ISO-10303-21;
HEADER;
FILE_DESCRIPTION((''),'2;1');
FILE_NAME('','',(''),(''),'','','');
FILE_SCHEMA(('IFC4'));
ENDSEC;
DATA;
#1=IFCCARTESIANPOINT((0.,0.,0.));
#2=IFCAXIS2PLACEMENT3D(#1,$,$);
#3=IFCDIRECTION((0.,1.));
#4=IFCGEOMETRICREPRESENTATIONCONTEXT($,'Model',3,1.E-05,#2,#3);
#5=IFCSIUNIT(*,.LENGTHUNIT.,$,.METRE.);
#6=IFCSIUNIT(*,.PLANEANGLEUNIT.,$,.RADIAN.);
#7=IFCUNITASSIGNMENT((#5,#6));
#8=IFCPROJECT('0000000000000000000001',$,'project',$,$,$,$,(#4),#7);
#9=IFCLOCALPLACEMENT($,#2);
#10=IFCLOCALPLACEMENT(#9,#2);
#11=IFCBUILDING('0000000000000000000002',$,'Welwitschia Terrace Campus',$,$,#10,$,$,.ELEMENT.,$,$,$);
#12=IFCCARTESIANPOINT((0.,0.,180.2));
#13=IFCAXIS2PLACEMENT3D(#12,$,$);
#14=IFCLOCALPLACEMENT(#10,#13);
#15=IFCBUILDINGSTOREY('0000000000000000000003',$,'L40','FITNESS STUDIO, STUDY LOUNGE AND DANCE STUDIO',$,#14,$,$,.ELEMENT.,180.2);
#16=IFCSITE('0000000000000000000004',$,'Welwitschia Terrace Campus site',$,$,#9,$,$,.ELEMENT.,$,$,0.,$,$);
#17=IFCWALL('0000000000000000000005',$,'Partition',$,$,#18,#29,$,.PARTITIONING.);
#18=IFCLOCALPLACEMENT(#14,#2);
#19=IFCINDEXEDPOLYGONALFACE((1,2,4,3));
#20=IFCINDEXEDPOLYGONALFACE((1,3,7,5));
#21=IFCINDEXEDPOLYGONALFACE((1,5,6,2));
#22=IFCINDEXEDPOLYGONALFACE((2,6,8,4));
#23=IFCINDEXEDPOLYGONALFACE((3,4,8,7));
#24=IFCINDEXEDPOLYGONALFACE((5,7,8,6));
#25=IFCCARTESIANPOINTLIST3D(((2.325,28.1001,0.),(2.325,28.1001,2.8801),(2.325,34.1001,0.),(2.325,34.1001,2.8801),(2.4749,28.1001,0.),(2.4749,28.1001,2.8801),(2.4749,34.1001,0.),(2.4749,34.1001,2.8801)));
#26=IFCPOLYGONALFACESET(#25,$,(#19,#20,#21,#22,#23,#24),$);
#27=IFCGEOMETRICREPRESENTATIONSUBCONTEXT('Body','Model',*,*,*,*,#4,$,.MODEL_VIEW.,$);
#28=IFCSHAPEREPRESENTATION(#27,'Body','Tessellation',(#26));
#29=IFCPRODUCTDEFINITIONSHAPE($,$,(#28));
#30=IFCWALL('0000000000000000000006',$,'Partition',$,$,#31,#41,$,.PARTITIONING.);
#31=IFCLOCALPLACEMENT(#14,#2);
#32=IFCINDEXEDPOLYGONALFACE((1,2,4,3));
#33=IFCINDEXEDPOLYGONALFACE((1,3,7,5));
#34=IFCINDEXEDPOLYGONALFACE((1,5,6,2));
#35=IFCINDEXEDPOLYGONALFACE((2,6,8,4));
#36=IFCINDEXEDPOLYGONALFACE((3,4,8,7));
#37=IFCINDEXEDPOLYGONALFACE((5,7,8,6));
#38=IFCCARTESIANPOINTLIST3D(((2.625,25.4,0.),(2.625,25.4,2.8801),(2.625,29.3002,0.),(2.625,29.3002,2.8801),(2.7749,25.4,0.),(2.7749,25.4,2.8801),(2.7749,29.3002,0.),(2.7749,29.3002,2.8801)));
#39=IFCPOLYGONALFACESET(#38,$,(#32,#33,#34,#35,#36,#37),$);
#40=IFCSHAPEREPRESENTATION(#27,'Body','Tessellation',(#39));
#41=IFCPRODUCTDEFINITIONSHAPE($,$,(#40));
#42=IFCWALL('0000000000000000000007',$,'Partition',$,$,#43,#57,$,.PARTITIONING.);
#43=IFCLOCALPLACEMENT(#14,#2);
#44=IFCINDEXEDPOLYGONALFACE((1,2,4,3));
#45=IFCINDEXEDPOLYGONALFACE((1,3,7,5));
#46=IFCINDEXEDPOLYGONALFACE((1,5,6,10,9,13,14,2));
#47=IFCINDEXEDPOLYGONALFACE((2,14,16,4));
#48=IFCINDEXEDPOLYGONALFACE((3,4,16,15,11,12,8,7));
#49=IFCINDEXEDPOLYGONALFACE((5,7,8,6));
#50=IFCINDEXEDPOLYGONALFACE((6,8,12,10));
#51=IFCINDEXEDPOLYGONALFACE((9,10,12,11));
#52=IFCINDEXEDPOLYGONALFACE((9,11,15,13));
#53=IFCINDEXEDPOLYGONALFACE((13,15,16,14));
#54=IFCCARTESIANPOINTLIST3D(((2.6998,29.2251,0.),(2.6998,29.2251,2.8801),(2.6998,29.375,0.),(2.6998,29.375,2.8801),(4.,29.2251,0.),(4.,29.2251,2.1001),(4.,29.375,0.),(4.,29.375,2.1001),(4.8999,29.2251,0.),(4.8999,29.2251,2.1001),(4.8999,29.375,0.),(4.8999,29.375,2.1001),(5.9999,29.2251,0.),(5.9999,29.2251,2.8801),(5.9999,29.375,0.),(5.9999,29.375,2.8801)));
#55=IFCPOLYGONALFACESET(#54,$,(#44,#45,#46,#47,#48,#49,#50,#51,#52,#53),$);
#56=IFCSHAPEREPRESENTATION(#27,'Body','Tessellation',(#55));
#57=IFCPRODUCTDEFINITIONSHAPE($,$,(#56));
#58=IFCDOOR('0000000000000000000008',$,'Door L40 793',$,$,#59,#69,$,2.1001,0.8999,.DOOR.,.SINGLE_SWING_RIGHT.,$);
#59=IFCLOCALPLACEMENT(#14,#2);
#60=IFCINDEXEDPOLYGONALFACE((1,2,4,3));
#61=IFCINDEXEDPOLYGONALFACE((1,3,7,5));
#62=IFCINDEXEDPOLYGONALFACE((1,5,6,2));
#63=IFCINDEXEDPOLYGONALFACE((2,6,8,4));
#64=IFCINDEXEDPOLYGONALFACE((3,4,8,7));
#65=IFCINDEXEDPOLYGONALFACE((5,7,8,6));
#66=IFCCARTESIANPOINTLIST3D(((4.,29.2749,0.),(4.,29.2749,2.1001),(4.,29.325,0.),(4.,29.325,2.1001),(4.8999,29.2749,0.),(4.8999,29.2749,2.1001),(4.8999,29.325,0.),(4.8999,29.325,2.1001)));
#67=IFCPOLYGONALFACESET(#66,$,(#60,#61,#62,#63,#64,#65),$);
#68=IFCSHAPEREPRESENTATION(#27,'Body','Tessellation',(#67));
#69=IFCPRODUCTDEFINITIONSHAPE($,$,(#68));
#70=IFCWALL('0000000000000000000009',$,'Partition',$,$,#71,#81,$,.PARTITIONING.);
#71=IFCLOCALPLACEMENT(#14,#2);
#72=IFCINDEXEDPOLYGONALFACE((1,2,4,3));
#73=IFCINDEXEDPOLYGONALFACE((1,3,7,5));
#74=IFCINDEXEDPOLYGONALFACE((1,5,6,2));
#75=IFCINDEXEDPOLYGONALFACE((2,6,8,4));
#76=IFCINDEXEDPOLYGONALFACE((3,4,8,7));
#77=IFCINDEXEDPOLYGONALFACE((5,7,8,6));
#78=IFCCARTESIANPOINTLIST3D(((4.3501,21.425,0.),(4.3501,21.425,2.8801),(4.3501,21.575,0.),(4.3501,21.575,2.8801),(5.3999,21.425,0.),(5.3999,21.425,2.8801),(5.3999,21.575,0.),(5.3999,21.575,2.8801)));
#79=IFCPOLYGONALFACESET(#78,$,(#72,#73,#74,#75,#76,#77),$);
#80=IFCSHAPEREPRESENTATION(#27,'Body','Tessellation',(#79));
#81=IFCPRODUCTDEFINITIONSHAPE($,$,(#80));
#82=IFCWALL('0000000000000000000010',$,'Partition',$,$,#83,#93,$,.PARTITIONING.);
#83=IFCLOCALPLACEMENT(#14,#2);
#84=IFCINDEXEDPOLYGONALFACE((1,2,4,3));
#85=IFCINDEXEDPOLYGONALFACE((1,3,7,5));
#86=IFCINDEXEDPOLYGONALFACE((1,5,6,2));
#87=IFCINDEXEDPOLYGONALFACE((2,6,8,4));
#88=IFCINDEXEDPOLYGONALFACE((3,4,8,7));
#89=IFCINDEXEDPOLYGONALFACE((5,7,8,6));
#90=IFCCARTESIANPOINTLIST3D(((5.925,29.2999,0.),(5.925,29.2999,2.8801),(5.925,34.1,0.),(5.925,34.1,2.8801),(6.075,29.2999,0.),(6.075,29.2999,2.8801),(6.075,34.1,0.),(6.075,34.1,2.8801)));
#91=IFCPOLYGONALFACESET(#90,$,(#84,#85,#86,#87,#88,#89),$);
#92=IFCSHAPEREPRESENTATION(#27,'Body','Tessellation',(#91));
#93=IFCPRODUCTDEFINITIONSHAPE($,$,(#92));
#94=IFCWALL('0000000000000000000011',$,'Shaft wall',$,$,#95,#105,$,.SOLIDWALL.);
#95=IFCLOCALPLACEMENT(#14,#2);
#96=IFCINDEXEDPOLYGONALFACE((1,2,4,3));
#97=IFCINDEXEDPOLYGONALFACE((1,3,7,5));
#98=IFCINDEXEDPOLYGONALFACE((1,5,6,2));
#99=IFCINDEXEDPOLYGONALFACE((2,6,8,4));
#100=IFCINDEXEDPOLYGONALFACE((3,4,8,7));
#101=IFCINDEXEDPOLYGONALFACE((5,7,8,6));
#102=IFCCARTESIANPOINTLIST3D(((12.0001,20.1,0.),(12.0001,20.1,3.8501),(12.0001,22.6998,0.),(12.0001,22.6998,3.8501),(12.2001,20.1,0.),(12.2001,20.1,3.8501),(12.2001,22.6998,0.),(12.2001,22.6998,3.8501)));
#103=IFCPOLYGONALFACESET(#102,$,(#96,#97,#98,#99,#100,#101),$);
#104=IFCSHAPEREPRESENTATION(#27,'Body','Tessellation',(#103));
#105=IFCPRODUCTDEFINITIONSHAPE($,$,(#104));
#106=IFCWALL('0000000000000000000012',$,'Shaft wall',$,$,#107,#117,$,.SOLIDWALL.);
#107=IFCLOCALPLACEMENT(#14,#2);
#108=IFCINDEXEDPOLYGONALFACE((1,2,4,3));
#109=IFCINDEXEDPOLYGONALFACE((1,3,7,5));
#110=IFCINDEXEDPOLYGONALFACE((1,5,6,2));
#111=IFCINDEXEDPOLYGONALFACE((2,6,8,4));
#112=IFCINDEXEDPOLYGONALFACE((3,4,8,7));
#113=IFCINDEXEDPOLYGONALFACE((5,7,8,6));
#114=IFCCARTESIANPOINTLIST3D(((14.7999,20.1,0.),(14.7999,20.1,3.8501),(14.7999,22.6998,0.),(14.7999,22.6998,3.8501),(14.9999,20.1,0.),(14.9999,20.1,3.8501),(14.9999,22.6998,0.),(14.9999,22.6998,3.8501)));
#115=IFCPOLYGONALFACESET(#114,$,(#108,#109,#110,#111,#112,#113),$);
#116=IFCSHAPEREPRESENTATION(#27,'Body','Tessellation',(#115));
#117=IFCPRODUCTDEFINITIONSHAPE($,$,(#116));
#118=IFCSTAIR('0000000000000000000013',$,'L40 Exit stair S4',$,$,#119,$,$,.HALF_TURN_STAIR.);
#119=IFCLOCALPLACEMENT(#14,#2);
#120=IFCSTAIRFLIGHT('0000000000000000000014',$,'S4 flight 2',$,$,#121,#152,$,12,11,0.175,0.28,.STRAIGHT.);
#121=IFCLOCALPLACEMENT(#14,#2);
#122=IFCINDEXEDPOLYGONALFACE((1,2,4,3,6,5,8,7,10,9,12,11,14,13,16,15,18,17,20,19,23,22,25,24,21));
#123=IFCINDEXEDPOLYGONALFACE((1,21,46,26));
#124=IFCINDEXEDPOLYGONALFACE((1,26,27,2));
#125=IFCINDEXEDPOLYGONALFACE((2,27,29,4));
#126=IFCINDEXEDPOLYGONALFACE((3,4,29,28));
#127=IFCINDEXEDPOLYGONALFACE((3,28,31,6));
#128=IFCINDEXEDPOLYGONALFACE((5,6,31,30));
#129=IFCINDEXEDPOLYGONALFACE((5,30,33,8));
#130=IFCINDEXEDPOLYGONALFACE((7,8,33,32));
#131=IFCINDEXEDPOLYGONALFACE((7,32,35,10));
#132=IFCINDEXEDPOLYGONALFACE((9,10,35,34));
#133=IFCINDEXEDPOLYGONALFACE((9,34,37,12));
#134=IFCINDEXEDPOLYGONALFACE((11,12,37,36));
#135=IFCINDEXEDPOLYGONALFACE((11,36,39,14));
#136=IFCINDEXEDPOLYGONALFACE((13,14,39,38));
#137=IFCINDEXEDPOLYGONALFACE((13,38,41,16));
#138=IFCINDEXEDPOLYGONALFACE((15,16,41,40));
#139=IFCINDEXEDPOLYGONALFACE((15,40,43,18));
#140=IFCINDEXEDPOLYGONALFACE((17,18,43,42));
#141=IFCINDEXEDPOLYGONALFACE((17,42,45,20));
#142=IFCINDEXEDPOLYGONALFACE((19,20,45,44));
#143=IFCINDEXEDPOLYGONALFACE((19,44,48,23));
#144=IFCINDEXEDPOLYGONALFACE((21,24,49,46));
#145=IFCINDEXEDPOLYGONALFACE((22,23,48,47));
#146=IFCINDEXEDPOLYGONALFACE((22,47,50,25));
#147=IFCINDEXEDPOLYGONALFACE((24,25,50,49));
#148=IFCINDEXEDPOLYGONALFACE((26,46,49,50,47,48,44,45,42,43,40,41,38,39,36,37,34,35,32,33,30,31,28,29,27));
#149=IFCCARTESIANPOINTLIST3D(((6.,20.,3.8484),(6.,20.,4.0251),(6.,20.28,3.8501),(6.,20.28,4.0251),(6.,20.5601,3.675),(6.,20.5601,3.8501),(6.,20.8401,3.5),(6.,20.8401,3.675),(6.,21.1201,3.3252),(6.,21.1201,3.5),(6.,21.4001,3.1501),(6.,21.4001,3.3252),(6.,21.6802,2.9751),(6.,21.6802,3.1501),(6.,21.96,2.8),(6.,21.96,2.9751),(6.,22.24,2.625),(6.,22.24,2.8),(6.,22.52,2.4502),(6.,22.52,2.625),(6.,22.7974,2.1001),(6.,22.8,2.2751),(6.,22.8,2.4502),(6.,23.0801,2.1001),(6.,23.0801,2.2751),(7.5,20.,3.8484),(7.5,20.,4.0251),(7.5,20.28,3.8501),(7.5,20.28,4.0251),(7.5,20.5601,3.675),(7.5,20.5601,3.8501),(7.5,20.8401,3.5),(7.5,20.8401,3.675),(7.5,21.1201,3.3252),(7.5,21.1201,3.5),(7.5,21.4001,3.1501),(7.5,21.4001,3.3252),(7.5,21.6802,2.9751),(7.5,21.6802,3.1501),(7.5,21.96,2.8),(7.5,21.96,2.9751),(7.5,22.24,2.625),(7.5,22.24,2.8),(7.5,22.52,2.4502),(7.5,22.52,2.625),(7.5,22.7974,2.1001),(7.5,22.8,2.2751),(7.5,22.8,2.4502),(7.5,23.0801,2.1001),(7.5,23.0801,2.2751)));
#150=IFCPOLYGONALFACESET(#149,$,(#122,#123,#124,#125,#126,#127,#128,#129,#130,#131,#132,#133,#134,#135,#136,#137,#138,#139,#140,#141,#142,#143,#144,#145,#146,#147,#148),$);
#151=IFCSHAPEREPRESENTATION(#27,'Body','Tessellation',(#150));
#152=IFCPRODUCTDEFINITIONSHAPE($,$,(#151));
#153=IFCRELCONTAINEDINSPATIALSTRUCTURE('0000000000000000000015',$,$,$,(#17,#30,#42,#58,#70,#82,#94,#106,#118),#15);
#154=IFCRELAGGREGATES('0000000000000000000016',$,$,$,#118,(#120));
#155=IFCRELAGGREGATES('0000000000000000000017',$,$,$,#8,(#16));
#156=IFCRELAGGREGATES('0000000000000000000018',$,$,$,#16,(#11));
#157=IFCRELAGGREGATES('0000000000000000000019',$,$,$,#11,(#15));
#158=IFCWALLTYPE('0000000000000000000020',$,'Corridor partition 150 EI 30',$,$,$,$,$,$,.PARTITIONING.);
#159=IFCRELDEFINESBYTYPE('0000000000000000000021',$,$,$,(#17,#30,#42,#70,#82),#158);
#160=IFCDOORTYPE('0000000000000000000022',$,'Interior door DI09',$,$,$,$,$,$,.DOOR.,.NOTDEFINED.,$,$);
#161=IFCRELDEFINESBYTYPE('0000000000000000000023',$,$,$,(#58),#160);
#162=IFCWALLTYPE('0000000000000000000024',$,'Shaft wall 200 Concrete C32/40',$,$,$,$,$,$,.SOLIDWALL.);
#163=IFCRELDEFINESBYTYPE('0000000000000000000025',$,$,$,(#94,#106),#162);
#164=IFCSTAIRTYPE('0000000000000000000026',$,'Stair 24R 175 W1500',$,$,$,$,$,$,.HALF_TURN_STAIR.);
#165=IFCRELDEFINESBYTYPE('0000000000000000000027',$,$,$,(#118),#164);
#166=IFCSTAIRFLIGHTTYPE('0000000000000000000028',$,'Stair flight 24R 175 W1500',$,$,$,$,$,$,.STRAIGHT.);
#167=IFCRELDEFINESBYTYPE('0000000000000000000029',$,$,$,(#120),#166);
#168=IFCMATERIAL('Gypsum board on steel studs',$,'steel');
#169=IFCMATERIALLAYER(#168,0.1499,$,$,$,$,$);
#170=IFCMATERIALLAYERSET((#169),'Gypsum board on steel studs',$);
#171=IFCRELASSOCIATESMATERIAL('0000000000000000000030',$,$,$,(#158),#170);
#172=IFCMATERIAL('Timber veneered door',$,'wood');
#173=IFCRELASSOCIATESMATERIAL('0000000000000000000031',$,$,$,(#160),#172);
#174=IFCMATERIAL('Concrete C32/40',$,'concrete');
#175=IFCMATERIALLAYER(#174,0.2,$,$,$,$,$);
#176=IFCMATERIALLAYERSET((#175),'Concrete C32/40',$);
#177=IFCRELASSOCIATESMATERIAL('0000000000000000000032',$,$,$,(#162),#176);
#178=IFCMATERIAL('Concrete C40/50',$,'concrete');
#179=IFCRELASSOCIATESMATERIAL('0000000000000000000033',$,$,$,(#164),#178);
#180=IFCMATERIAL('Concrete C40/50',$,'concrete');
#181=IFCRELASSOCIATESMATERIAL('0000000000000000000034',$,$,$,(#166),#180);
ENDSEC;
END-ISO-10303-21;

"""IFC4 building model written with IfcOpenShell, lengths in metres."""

from ifc_helpers import new_model, si_unit, direction, frame, frame_2d, origin, place, context, subcontext, project, spatial, polyline, rectangle, outline, extrude, material, layer, layer_set, type_object, element, fill, aggregate, save


model = new_model("IFC4")

# Units and contexts
model_context = context("Model", 3, precision=1e-05, world=origin(), true_north=direction((0.0, 1.0)))
body_context = subcontext(model_context, "Body", "Model", "MODEL_VIEW")
ifc_project = project(units=[si_unit("LENGTHUNIT", "METRE"), si_unit("PLANEANGLEUNIT", "RADIAN")], contexts=[model_context])

# Site, building, storey
site_placement = place(None, origin())
site = spatial("IfcSite", under=ifc_project, at=site_placement, Name="Welwitschia Terrace Campus site", CompositionType="ELEMENT", RefElevation=0.0)
building_placement = place(site_placement, origin())
building = spatial("IfcBuilding", under=site, at=building_placement, Name="Welwitschia Terrace Campus", CompositionType="ELEMENT")
storey_placement = place(building_placement, frame((0.0, 0.0, 180.2)))
storey = spatial("IfcBuildingStorey", under=building, at=storey_placement, Name="L40", Description="FITNESS STUDIO, STUDY LOUNGE AND DANCE STUDIO", CompositionType="ELEMENT", Elevation=180.2)

# Walls
ifc_material_1 = material(Name="Gypsum board on steel studs", Category="steel")
ifc_layer_1 = layer(ifc_material_1, 0.1499)
ifc_layer_set_1 = layer_set([ifc_layer_1], Name="Gypsum board on steel studs")
wall_type_1 = type_object("IfcWallType", Name="Corridor partition 150 EI 30", PredefinedType="PARTITIONING", material=ifc_layer_set_1)
wall_1_placement = place(storey_placement, frame((2.3999, 28.1001, 0.0), z_axis=(0.0, 0.0, 1.0), x_axis=(0.0, 1.0, 0.0)))
element("IfcWall", 1, at=wall_1_placement, inside=storey, type_object=wall_type_1, Name="Partition", PredefinedType="PARTITIONING", context=body_context, shape_type="SweptSolid", body=[
    extrude(rectangle(XDim=6.0, YDim=0.1499, at=frame_2d((3.0, 0.0))), origin(), (0.0, 0.0, 1.0), 2.8801),
])
wall_2_placement = place(storey_placement, frame((2.7, 25.3999, 0.0), z_axis=(0.0, 0.0, 1.0), x_axis=(0.0, 1.0, 0.0)))
element("IfcWall", 2, at=wall_2_placement, inside=storey, type_object=wall_type_1, Name="Partition", PredefinedType="PARTITIONING", context=body_context, shape_type="SweptSolid", body=[
    extrude(rectangle(XDim=3.9001, YDim=0.1499, at=frame_2d((1.9502, 0.0))), origin(), (0.0, 0.0, 1.0), 2.8801),
])

# Wall, opening, door
wall_3_placement = place(storey_placement, frame((2.7, 29.3, 0.0), z_axis=(0.0, 0.0, 1.0), x_axis=(1.0, 0.0, 0.0)))
wall_3 = element("IfcWall", 3, at=wall_3_placement, inside=storey, type_object=wall_type_1, Name="Partition", PredefinedType="PARTITIONING", context=body_context, shape_type="SweptSolid", body=[
    extrude(rectangle(XDim=3.3, YDim=0.1499, at=frame_2d((1.6499, 0.0))), origin(), (0.0, 0.0, 1.0), 2.8801),
])
opening_placement = place(wall_3_placement, frame((1.3, 0.0, 0.0)))
opening = element("IfcOpeningElement", 4, at=opening_placement, cuts=wall_3, PredefinedType="OPENING", context=body_context, shape_type="SweptSolid", body=[
    extrude(rectangle(XDim=0.8999, YDim=2.1001, at=frame_2d((0.45, 1.05))), frame((0.0, 0.085, 0.0), z_axis=(0.0, -1.0, 0.0), x_axis=(1.0, 0.0, 0.0)), (0.0, 0.0, 1.0), 0.1699),
])
ifc_material_2 = material(Name="Timber veneered door", Category="wood")
door_type = type_object("IfcDoorType", Name="Interior door DI09", OperationType="NOTDEFINED", PredefinedType="DOOR", material=ifc_material_2)
door_placement = place(opening_placement, origin())
door = element("IfcDoor", 5, at=door_placement, inside=storey, type_object=door_type, Name="Door L40 793", OperationType="SINGLE_SWING_RIGHT", OverallHeight=2.1001, OverallWidth=0.8999, PredefinedType="DOOR", context=body_context, shape_type="SweptSolid", body=[
    extrude(rectangle(XDim=0.8999, YDim=2.1001, at=frame_2d((0.45, 1.05))), frame((0.0, 0.0249, 0.0), z_axis=(0.0, -1.0, 0.0), x_axis=(1.0, 0.0, 0.0)), (0.0, 0.0, 1.0), 0.05),
])
fill(opening, door)

# Walls
wall_4_placement = place(storey_placement, frame((4.3501, 21.5, 0.0), z_axis=(0.0, 0.0, 1.0), x_axis=(1.0, 0.0, 0.0)))
element("IfcWall", 6, at=wall_4_placement, inside=storey, type_object=wall_type_1, Name="Partition", PredefinedType="PARTITIONING", context=body_context, shape_type="SweptSolid", body=[
    extrude(rectangle(XDim=1.0498, YDim=0.1499, at=frame_2d((0.5249, 0.0))), origin(), (0.0, 0.0, 1.0), 2.8801),
])
wall_5_placement = place(storey_placement, frame((6.0, 29.3, 0.0), z_axis=(0.0, 0.0, 1.0), x_axis=(0.0, 1.0, 0.0)))
element("IfcWall", 7, at=wall_5_placement, inside=storey, type_object=wall_type_1, Name="Partition", PredefinedType="PARTITIONING", context=body_context, shape_type="SweptSolid", body=[
    extrude(rectangle(XDim=4.8, YDim=0.1499, at=frame_2d((2.3999, 0.0))), origin(), (0.0, 0.0, 1.0), 2.8801),
])
ifc_material_3 = material(Name="Concrete C32/40", Category="concrete")
ifc_layer_2 = layer(ifc_material_3, 0.2)
ifc_layer_set_2 = layer_set([ifc_layer_2], Name="Concrete C32/40")
wall_type_2 = type_object("IfcWallType", Name="Shaft wall 200 Concrete C32/40", PredefinedType="SOLIDWALL", material=ifc_layer_set_2)
for number, where, z_axis, x_axis, name in (
    (8, (12.1001, 20.1001, 0.0), (0.0, 0.0, 1.0), (0.0, 1.0, 0.0), "Shaft wall"),
    (9, (14.8999, 20.1001, 0.0), (0.0, 0.0, 1.0), (0.0, 1.0, 0.0), "Shaft wall"),
):
    element("IfcWall", number, at=place(storey_placement, frame(where, z_axis=z_axis, x_axis=x_axis)), inside=storey, type_object=wall_type_2, Name=name, PredefinedType="SOLIDWALL", context=body_context, shape_type="SweptSolid", body=[
        extrude(rectangle(XDim=2.5999, YDim=0.2, at=frame_2d((1.2998, 0.0))), origin(), (0.0, 0.0, 1.0), 3.8501),
    ])

# Stair, stair flight
ifc_material_4 = material(Name="Concrete C40/50", Category="concrete")
stair_type = type_object("IfcStairType", Name="Stair 24R 175 W1500", PredefinedType="HALF_TURN_STAIR", material=ifc_material_4)
stair_placement = place(storey_placement, origin())
stair = element("IfcStair", 10, at=stair_placement, inside=storey, type_object=stair_type, Name="L40 Exit stair S4", PredefinedType="HALF_TURN_STAIR")
ifc_material_5 = material(Name="Concrete C40/50", Category="concrete")
stair_flight_type = type_object("IfcStairFlightType", Name="Stair flight 24R 175 W1500", PredefinedType="STRAIGHT", material=ifc_material_5)
stair_flight_placement = place(storey_placement, frame((6.75, 23.0801, 2.1001), z_axis=(0.0, 0.0, 1.0), x_axis=(0.0, -1.0, 0.0)))
stair_flight = element("IfcStairFlight", 11, at=stair_flight_placement, type_object=stair_flight_type, Name="S4 flight 2", NumberOfRisers=12, NumberOfTreads=11, PredefinedType="STRAIGHT", RiserHeight=0.175, TreadLength=0.28, context=body_context, shape_type="SweptSolid", body=[
    extrude(outline(polyline([(0.0, 0.0), (0.0, 0.175), (0.28, 0.175), (0.28, 0.3501), (0.5601, 0.3501), (0.5601, 0.5249), (0.8401, 0.5249), (0.8401, 0.7), (1.1201, 0.7), (1.1201, 0.875), (1.3999, 0.875), (1.3999, 1.05), (1.6799, 1.05), (1.6799, 1.2251), (1.96, 1.2251), (1.96, 1.3999), (2.24, 1.3999), (2.24, 1.575), (2.52, 1.575), (2.52, 1.75), (2.8, 1.75), (2.8, 1.925), (3.0801, 1.925), (3.0801, 2.1001), (3.0801, 1.7483), (0.2827, 0.0), (0.0, 0.0)])), frame((0.0, 0.75, 0.0), z_axis=(0.0, -1.0, 0.0), x_axis=(1.0, 0.0, 0.0)), (0.0, 0.0, 1.0), 1.5),
])
aggregate(stair, [stair_flight])

save(model, "model.ifc")
